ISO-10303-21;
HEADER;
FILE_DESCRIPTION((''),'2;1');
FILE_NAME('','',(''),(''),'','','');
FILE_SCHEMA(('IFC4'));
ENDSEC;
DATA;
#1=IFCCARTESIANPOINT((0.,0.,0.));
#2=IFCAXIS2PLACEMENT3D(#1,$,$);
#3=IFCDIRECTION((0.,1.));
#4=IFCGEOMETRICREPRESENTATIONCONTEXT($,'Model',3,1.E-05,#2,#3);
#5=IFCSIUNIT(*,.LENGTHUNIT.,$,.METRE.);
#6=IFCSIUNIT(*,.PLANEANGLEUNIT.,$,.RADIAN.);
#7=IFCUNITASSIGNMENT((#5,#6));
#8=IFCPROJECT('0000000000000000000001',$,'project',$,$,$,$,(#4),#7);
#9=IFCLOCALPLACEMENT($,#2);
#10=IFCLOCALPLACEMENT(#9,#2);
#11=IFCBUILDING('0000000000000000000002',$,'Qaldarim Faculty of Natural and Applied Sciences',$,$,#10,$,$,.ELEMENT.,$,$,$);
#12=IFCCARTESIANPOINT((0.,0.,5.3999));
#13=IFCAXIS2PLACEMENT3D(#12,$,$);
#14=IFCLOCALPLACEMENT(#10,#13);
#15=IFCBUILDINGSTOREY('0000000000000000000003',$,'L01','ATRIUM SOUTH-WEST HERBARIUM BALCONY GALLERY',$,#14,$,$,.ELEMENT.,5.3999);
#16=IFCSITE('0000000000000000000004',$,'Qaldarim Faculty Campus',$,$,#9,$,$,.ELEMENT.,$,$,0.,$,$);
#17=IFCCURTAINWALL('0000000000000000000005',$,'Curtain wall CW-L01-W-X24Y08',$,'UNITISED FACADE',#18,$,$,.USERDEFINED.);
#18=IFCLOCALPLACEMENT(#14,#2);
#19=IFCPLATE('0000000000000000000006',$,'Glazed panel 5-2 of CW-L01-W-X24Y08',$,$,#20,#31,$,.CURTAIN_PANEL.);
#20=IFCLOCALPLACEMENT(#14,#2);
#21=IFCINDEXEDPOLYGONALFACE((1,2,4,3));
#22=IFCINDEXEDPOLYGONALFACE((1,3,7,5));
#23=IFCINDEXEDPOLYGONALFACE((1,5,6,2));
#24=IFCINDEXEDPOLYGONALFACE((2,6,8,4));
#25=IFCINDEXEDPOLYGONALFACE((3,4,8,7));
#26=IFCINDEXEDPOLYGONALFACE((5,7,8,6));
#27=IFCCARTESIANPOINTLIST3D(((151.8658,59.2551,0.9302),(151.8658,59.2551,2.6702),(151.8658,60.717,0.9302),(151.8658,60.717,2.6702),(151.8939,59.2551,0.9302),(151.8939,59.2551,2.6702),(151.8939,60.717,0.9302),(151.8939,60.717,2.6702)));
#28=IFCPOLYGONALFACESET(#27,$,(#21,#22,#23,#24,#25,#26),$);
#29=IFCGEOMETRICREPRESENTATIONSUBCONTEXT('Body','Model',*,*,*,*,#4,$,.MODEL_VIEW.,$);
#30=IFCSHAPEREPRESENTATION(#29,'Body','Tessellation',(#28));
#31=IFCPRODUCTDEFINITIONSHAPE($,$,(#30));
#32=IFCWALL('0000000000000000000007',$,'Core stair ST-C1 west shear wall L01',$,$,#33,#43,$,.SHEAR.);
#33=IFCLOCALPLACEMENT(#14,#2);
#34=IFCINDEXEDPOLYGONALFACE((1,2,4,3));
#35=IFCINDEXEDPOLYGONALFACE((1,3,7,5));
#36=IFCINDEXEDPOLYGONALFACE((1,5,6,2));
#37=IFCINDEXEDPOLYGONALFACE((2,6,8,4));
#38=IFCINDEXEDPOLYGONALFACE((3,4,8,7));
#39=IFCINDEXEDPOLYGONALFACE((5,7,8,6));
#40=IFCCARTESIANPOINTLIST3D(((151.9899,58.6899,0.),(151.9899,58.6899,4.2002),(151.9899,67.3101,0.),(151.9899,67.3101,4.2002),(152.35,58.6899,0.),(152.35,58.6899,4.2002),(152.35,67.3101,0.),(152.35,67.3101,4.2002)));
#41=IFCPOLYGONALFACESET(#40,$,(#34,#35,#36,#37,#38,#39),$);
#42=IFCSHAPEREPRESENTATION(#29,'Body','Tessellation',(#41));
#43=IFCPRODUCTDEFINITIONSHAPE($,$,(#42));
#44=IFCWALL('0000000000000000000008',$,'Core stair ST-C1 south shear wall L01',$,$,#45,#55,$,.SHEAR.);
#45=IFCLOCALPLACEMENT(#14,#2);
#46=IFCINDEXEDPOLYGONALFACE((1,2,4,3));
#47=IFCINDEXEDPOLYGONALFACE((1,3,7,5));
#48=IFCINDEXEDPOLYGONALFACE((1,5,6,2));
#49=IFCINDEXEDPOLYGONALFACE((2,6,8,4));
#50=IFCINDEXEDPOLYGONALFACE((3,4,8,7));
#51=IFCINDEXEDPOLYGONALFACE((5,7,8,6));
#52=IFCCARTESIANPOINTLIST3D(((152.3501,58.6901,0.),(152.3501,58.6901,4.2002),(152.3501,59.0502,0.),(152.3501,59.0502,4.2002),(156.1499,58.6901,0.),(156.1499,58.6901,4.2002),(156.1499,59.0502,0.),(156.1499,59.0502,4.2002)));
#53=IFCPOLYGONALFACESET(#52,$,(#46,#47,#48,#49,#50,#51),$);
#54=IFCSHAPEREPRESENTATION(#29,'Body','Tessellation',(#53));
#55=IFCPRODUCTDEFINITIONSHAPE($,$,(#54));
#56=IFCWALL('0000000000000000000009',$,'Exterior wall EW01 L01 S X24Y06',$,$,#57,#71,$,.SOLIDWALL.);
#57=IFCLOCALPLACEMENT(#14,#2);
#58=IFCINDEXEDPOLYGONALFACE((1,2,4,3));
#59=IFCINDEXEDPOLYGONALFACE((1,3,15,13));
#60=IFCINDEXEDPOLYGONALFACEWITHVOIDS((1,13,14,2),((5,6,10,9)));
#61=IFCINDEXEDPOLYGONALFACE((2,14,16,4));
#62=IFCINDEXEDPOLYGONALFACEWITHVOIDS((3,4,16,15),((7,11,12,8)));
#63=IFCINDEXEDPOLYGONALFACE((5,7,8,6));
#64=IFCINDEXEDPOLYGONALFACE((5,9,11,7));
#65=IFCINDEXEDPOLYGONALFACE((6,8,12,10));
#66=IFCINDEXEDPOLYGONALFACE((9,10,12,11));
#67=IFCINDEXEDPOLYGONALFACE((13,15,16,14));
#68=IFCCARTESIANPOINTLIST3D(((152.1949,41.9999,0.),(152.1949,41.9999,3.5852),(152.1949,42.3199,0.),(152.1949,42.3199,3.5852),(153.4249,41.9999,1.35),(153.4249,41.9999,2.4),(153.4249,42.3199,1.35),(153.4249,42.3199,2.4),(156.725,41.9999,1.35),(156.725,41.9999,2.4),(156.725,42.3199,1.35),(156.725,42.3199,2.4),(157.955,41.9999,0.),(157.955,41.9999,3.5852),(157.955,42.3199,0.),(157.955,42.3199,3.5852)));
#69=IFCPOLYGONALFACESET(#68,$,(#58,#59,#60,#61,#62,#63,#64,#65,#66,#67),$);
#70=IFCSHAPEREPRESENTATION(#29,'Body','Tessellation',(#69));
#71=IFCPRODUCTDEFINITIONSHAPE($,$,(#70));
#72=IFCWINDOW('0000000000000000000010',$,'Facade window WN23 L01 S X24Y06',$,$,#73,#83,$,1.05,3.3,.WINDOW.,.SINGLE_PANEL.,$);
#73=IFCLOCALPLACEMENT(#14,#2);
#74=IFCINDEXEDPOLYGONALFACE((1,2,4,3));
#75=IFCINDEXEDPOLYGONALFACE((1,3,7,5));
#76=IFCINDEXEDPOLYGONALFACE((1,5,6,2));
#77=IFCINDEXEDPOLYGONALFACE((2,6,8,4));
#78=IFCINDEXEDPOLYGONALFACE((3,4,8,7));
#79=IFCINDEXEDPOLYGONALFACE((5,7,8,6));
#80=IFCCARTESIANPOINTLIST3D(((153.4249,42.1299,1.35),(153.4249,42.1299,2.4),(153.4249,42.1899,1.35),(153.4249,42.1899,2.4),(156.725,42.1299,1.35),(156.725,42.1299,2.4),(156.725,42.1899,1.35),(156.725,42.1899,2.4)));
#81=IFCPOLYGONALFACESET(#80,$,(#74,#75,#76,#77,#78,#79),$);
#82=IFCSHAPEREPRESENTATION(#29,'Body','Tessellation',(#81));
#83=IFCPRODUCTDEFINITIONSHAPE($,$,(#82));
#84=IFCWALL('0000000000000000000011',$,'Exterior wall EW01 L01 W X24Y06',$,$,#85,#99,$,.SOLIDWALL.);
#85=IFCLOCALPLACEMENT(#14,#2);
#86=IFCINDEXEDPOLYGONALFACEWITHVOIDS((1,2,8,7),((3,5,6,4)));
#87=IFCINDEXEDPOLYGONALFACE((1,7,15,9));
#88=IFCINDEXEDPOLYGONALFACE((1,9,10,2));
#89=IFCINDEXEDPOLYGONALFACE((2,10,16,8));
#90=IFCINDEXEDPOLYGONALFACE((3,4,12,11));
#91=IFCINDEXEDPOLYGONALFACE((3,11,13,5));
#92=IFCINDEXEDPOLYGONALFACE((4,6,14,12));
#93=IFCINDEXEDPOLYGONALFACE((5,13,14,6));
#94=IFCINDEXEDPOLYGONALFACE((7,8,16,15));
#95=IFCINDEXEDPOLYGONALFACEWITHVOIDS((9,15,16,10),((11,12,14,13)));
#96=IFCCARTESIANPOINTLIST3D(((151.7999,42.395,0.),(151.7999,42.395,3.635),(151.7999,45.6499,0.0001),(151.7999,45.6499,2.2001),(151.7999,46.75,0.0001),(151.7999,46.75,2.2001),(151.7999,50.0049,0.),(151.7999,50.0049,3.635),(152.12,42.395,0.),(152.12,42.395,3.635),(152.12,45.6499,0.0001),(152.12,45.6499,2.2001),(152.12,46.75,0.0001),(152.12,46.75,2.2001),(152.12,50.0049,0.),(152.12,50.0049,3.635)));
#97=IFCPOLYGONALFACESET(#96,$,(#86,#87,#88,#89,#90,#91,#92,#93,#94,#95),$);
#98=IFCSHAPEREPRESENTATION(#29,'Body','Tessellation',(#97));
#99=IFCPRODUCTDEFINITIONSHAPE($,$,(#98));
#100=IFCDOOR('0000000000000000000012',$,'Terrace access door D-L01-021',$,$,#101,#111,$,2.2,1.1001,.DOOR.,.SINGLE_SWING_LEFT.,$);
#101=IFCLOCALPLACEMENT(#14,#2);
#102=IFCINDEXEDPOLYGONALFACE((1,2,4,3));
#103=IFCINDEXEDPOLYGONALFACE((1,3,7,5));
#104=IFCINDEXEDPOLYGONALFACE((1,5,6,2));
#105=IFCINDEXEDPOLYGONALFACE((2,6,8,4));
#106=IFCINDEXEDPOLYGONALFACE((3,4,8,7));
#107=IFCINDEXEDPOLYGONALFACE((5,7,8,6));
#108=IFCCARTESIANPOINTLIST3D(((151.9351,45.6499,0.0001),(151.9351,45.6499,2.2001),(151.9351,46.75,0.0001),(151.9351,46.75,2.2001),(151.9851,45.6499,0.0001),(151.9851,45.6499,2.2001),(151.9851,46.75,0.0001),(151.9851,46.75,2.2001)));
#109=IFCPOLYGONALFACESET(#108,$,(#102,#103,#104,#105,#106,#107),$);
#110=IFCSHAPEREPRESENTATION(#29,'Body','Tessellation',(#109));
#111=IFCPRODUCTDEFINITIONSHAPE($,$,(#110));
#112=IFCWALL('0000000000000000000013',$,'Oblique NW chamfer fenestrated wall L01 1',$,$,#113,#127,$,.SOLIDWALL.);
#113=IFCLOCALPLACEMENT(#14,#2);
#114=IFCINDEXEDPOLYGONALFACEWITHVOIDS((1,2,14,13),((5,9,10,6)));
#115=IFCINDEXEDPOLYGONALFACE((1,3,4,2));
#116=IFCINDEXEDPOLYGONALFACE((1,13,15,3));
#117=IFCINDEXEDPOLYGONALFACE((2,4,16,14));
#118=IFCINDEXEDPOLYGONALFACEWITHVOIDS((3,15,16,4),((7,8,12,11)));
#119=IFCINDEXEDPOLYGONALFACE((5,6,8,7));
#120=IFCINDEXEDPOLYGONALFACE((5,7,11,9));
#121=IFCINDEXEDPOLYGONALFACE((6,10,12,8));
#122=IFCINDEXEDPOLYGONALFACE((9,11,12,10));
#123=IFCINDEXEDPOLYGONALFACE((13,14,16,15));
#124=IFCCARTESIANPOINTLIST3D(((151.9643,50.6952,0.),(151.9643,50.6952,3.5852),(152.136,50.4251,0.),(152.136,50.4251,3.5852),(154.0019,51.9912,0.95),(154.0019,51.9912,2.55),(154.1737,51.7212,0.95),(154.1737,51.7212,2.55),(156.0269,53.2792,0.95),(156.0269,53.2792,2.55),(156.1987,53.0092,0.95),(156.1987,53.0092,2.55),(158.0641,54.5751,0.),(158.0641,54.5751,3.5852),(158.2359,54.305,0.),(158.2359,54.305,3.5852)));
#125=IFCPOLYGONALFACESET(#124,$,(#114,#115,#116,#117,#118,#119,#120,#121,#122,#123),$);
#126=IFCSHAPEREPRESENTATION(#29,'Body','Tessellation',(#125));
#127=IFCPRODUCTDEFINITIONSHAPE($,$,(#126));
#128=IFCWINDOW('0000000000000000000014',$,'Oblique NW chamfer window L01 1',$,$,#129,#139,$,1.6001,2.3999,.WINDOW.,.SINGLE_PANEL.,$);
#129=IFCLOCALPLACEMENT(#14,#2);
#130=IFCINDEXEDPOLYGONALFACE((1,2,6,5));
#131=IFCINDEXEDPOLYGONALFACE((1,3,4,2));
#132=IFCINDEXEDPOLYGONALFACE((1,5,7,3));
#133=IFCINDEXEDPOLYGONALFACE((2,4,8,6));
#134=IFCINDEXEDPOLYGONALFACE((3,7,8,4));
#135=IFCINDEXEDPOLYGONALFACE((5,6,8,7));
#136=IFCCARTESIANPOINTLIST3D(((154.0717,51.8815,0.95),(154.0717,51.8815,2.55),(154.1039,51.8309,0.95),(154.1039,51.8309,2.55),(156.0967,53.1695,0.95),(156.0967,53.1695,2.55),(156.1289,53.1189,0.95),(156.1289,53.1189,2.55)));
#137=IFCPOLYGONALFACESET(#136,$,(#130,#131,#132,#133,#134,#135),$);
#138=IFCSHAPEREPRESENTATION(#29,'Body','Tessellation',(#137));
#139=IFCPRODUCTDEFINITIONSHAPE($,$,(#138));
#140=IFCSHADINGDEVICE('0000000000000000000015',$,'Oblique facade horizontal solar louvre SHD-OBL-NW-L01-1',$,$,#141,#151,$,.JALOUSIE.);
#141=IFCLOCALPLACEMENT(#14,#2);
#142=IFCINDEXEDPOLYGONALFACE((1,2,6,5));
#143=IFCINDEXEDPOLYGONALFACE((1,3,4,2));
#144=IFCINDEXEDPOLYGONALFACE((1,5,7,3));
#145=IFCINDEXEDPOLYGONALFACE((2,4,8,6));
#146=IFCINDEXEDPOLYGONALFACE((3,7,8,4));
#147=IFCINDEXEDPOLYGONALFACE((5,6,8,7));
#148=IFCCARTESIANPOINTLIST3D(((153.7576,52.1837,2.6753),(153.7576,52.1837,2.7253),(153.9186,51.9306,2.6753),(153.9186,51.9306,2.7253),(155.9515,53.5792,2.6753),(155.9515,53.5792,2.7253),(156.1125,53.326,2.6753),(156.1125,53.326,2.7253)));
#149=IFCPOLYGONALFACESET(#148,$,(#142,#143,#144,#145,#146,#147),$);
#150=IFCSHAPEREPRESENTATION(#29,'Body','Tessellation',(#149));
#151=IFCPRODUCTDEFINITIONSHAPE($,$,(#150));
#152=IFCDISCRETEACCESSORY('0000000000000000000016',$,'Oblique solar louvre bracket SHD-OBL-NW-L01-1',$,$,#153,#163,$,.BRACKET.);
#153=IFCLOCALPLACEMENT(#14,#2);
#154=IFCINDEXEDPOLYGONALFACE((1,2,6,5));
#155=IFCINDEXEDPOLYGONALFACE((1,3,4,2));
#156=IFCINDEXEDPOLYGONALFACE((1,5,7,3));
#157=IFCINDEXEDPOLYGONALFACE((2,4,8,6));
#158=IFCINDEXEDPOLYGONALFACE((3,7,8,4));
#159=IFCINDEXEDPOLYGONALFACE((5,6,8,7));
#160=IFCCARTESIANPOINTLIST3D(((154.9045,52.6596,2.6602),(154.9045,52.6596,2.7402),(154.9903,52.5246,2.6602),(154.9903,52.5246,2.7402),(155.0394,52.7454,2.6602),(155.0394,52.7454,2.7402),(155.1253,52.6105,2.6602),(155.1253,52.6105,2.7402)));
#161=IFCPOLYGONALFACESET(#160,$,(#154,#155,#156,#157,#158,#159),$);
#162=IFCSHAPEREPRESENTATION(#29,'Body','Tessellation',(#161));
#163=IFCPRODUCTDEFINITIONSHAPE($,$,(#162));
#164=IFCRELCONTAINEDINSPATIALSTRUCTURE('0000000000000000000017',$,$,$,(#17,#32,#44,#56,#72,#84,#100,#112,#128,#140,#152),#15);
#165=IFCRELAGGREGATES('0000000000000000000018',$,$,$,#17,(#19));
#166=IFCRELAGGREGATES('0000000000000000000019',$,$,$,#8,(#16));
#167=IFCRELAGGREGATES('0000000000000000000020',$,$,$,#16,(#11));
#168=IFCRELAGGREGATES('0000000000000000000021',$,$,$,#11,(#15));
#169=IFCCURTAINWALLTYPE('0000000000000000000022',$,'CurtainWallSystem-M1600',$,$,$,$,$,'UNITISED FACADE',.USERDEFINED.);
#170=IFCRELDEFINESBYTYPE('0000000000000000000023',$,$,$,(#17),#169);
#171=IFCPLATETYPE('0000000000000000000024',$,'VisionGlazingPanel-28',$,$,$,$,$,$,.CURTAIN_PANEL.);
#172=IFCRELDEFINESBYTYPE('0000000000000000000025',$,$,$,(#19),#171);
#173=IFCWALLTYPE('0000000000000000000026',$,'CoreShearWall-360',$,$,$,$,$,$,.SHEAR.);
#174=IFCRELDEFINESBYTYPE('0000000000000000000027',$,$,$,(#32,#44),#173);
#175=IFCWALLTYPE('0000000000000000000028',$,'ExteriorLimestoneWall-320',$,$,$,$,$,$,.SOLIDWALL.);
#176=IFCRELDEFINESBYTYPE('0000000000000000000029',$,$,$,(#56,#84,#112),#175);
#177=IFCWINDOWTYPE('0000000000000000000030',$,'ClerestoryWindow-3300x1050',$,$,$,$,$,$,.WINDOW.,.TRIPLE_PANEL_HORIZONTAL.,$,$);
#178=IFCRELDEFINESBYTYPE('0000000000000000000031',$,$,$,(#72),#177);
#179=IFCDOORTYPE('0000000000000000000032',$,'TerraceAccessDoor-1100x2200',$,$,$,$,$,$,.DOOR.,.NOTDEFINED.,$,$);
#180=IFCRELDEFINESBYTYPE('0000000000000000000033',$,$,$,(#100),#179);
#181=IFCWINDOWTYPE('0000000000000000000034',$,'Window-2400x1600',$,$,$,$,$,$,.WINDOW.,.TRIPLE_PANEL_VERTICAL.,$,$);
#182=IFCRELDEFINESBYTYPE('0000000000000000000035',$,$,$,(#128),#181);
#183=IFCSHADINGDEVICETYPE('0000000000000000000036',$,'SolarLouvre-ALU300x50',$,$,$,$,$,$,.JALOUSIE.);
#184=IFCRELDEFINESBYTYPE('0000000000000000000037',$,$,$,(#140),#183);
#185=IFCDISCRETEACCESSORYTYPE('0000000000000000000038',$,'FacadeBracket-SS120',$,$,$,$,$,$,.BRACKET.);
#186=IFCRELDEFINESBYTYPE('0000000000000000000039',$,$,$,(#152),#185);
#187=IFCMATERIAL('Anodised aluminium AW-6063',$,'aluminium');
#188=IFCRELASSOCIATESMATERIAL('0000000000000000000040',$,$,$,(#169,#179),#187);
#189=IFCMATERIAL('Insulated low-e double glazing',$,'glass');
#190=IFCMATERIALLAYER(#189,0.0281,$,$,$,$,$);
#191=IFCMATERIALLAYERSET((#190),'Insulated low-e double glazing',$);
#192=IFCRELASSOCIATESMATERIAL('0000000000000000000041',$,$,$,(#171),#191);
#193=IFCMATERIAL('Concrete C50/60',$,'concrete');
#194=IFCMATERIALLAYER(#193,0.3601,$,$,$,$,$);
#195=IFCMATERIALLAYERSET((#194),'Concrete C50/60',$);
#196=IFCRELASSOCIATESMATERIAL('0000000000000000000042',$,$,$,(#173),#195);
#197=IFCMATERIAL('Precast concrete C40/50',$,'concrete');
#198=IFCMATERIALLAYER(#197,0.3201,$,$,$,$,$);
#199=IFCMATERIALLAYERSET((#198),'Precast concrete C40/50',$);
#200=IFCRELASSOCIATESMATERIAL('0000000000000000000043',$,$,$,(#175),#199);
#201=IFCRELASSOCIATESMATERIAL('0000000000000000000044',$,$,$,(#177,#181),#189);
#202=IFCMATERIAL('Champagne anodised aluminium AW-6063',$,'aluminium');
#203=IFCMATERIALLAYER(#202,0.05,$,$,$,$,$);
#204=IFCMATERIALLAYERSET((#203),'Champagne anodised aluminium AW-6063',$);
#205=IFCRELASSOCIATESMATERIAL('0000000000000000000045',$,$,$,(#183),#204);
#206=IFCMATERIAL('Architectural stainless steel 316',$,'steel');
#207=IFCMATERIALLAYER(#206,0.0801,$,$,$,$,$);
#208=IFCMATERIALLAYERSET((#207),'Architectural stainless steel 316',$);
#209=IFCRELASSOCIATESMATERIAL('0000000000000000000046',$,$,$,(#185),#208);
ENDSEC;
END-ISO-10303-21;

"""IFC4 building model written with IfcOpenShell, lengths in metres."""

from ifc_helpers import new_model, si_unit, direction, frame, frame_2d, origin, origin_2d, place, context, subcontext, project, spatial, rectangle, extrude, material, layer, layer_set, type_object, element, fill, aggregate, save


model = new_model("IFC4")

# Units and contexts
model_context = context("Model", 3, precision=1e-05, world=origin(), true_north=direction((0.0, 1.0)))
body_context = subcontext(model_context, "Body", "Model", "MODEL_VIEW")
ifc_project = project(units=[si_unit("LENGTHUNIT", "METRE"), si_unit("PLANEANGLEUNIT", "RADIAN")], contexts=[model_context])

# Site, building, storey
site_placement = place(None, origin())
site = spatial("IfcSite", under=ifc_project, at=site_placement, Name="Qaldarim Faculty Campus", CompositionType="ELEMENT", RefElevation=0.0)
building_placement = place(site_placement, origin())
building = spatial("IfcBuilding", under=site, at=building_placement, Name="Qaldarim Faculty of Natural and Applied Sciences", CompositionType="ELEMENT")
storey_placement = place(building_placement, frame((0.0, 0.0, 5.3999)))
storey = spatial("IfcBuildingStorey", under=building, at=storey_placement, Name="L01", Description="ATRIUM SOUTH-WEST HERBARIUM BALCONY GALLERY", CompositionType="ELEMENT", Elevation=5.3999)

# Shared definitions
ifc_material_1 = material(Name="Concrete C50/60", Category="concrete")

# Curtain wall
ifc_material_2 = material(Name="Anodised aluminium AW-6063", Category="aluminium")
curtain_wall_type = type_object("IfcCurtainWallType", Name="CurtainWallSystem-M1600", ElementType="UNITISED FACADE", PredefinedType="USERDEFINED", material=ifc_material_2)
curtain_wall_placement = place(storey_placement, origin())
curtain_wall = element("IfcCurtainWall", 1, at=curtain_wall_placement, inside=storey, type_object=curtain_wall_type, Name="Curtain wall CW-L01-W-X24Y08", ObjectType="UNITISED FACADE", PredefinedType="USERDEFINED")

# Shared definitions
ifc_material_3 = material(Name="Precast concrete C40/50", Category="concrete")

# Plate
ifc_material_4 = material(Name="Insulated low-e double glazing", Category="glass")
ifc_layer_1 = layer(ifc_material_4, 0.0281)
ifc_layer_set_1 = layer_set([ifc_layer_1], Name="Insulated low-e double glazing")
plate_type = type_object("IfcPlateType", Name="VisionGlazingPanel-28", PredefinedType="CURTAIN_PANEL", material=ifc_layer_set_1)
plate_1_placement = place(storey_placement, frame((151.8799, 59.9861, 0.9302), z_axis=(0.0, 0.0, 1.0), x_axis=(0.0, -1.0, 0.0)))
plate_1 = element("IfcPlate", 2, at=plate_1_placement, type_object=plate_type, Name="Glazed panel 5-2 of CW-L01-W-X24Y08", PredefinedType="CURTAIN_PANEL", context=body_context, shape_type="SweptSolid", body=[
    extrude(rectangle(XDim=1.4619, YDim=0.0281, at=origin_2d()), origin(), (0.0, 0.0, 1.0), 1.74),
])
aggregate(curtain_wall, [plate_1])

# Walls
ifc_layer_2 = layer(ifc_material_1, 0.3601)
ifc_layer_set_2 = layer_set([ifc_layer_2], Name="Concrete C50/60")
wall_type_1 = type_object("IfcWallType", Name="CoreShearWall-360", PredefinedType="SHEAR", material=ifc_layer_set_2)
wall_1_placement = place(storey_placement, frame((152.1699, 58.6899, 0.0), z_axis=(0.0, 0.0, 1.0), x_axis=(0.0, 1.0, 0.0)))
element("IfcWall", 3, at=wall_1_placement, inside=storey, type_object=wall_type_1, Name="Core stair ST-C1 west shear wall L01", PredefinedType="SHEAR", context=body_context, shape_type="SweptSolid", body=[
    extrude(rectangle(XDim=8.6201, YDim=0.3601, at=frame_2d((4.3101, 0.0))), origin(), (0.0, 0.0, 1.0), 4.2002),
])
wall_2_placement = place(storey_placement, frame((152.3501, 58.8701, 0.0), z_axis=(0.0, 0.0, 1.0), x_axis=(1.0, 0.0, 0.0)))
element("IfcWall", 4, at=wall_2_placement, inside=storey, type_object=wall_type_1, Name="Core stair ST-C1 south shear wall L01", PredefinedType="SHEAR", context=body_context, shape_type="SweptSolid", body=[
    extrude(rectangle(XDim=3.7998, YDim=0.3601, at=frame_2d((1.8999, 0.0))), origin(), (0.0, 0.0, 1.0), 4.2002),
])

# Wall, opening, window
ifc_layer_3 = layer(ifc_material_3, 0.3201)
ifc_layer_set_3 = layer_set([ifc_layer_3], Name="Precast concrete C40/50")
wall_type_2 = type_object("IfcWallType", Name="ExteriorLimestoneWall-320", PredefinedType="SOLIDWALL", material=ifc_layer_set_3)
wall_3_placement = place(storey_placement, frame((152.1951, 42.1599, 0.0), z_axis=(0.0, 0.0, 1.0), x_axis=(1.0, 0.0, 0.0)))
wall_3 = element("IfcWall", 5, at=wall_3_placement, inside=storey, type_object=wall_type_2, Name="Exterior wall EW01 L01 S X24Y06", PredefinedType="SOLIDWALL", context=body_context, shape_type="SweptSolid", body=[
    extrude(rectangle(XDim=5.76, YDim=0.3201, at=frame_2d((2.8799, 0.0))), origin(), (0.0, 0.0, 1.0), 3.5852),
])
opening_1_placement = place(wall_3_placement, frame((1.23, 0.0, 1.3501)))
opening_1 = element("IfcOpeningElement", 6, at=opening_1_placement, cuts=wall_3, PredefinedType="OPENING", context=body_context, shape_type="SweptSolid", body=[
    extrude(rectangle(XDim=3.3, YDim=1.05, at=frame_2d((1.6499, 0.5249))), frame((0.0, 0.1699, 0.0), z_axis=(0.0, -1.0, 0.0), x_axis=(1.0, 0.0, 0.0)), (0.0, 0.0, 1.0), 0.3401),
])
window_type_1 = type_object("IfcWindowType", Name="ClerestoryWindow-3300x1050", PartitioningType="TRIPLE_PANEL_HORIZONTAL", PredefinedType="WINDOW", material=ifc_material_4)
window_1_placement = place(opening_1_placement, origin())
window_1 = element("IfcWindow", 7, at=window_1_placement, inside=storey, type_object=window_type_1, Name="Facade window WN23 L01 S X24Y06", OverallHeight=1.05, OverallWidth=3.3, PartitioningType="SINGLE_PANEL", PredefinedType="WINDOW", context=body_context, shape_type="SweptSolid", body=[
    extrude(rectangle(XDim=3.3, YDim=1.05, at=frame_2d((1.6499, 0.5249))), frame((0.0, 0.03, 0.0), z_axis=(0.0, -1.0, 0.0), x_axis=(1.0, 0.0, 0.0)), (0.0, 0.0, 1.0), 0.0601),
])
fill(opening_1, window_1)

# Wall, opening, door
wall_4_placement = place(storey_placement, frame((151.96, 50.0049, 0.0), z_axis=(0.0, 0.0, 1.0), x_axis=(0.0, -1.0, 0.0)))
wall_4 = element("IfcWall", 8, at=wall_4_placement, inside=storey, type_object=wall_type_2, Name="Exterior wall EW01 L01 W X24Y06", PredefinedType="SOLIDWALL", context=body_context, shape_type="SweptSolid", body=[
    extrude(rectangle(XDim=7.6099, YDim=0.3201, at=frame_2d((3.8049, 0.0))), origin(), (0.0, 0.0, 1.0), 3.635),
])
opening_2_placement = place(wall_4_placement, frame((3.2549, 0.0, 0.0)))
opening_2 = element("IfcOpeningElement", 9, at=opening_2_placement, cuts=wall_4, PredefinedType="OPENING", context=body_context, shape_type="SweptSolid", body=[
    extrude(rectangle(XDim=1.1001, YDim=2.2, at=frame_2d((0.55, 1.1001))), frame((0.0, 0.1699, 0.0), z_axis=(0.0, -1.0, 0.0), x_axis=(1.0, 0.0, 0.0)), (0.0, 0.0, 1.0), 0.3401),
])
door_type = type_object("IfcDoorType", Name="TerraceAccessDoor-1100x2200", OperationType="NOTDEFINED", PredefinedType="DOOR", material=ifc_material_2)
door_placement = place(opening_2_placement, frame((1.1001, 0.0, 0.0), z_axis=(0.0, 0.0, 1.0), x_axis=(-1.0, 0.0, 0.0)))
door = element("IfcDoor", 10, at=door_placement, inside=storey, type_object=door_type, Name="Terrace access door D-L01-021", OperationType="SINGLE_SWING_LEFT", OverallHeight=2.2, OverallWidth=1.1001, PredefinedType="DOOR", context=body_context, shape_type="SweptSolid", body=[
    extrude(rectangle(XDim=1.1001, YDim=2.2, at=frame_2d((0.55, 1.1001))), frame((0.0, 0.0249, 0.0), z_axis=(0.0, -1.0, 0.0), x_axis=(1.0, 0.0, 0.0)), (0.0, 0.0, 1.0), 0.05),
])
fill(opening_2, door)

# Wall, opening, window
wall_5_placement = place(storey_placement, frame((152.05, 50.5601, 0.0), z_axis=(0.0, 0.0, 1.0), x_axis=(0.843777, 0.536694, 0.0)))
wall_5 = element("IfcWall", 11, at=wall_5_placement, inside=storey, type_object=wall_type_2, Name="Oblique NW chamfer fenestrated wall L01 1", PredefinedType="SOLIDWALL", context=body_context, shape_type="SweptSolid", body=[
    extrude(rectangle(XDim=7.2292, YDim=0.3201, at=frame_2d((3.6147, 0.0))), origin(), (0.0, 0.0, 1.0), 3.5852),
])
opening_3_placement = place(wall_5_placement, frame((2.415, 0.0, 0.95)))
opening_3 = element("IfcOpeningElement", 12, at=opening_3_placement, cuts=wall_5, PredefinedType="OPENING", context=body_context, shape_type="SweptSolid", body=[
    extrude(rectangle(XDim=2.3999, YDim=1.6001, at=frame_2d((1.2, 0.8))), frame((0.0, 0.1699, 0.0), z_axis=(0.0, -1.0, 0.0), x_axis=(1.0, 0.0, 0.0)), (0.0, 0.0, 1.0), 0.3401),
])
window_type_2 = type_object("IfcWindowType", Name="Window-2400x1600", PartitioningType="TRIPLE_PANEL_VERTICAL", PredefinedType="WINDOW", material=ifc_material_4)
window_2_placement = place(opening_3_placement, origin())
window_2 = element("IfcWindow", 13, at=window_2_placement, inside=storey, type_object=window_type_2, Name="Oblique NW chamfer window L01 1", OverallHeight=1.6001, OverallWidth=2.3999, PartitioningType="SINGLE_PANEL", PredefinedType="WINDOW", context=body_context, shape_type="SweptSolid", body=[
    extrude(rectangle(XDim=2.3999, YDim=1.6001, at=frame_2d((1.2, 0.8))), frame((0.0, 0.03, 0.0), z_axis=(0.0, -1.0, 0.0), x_axis=(1.0, 0.0, 0.0)), (0.0, 0.0, 1.0), 0.0601),
])
fill(opening_3, window_2)

# Shading device
ifc_material_5 = material(Name="Champagne anodised aluminium AW-6063", Category="aluminium")
ifc_layer_4 = layer(ifc_material_5, 0.05)
ifc_layer_set_4 = layer_set([ifc_layer_4], Name="Champagne anodised aluminium AW-6063")
shading_device_type = type_object("IfcShadingDeviceType", Name="SolarLouvre-ALU300x50", PredefinedType="JALOUSIE", material=ifc_layer_set_4)
shading_device_placement = place(storey_placement, frame((154.9351, 52.7549, 2.6753), z_axis=(0.0, 0.0, 1.0), x_axis=(0.843776, 0.536696, 0.0)))
element("IfcShadingDevice", 14, at=shading_device_placement, inside=storey, type_object=shading_device_type, Name="Oblique facade horizontal solar louvre SHD-OBL-NW-L01-1", PredefinedType="JALOUSIE", context=body_context, shape_type="SweptSolid", body=[
    extrude(rectangle(XDim=2.6001, YDim=0.3, at=origin_2d()), origin(), (0.0, 0.0, 1.0), 0.05),
])

# Discrete accessory
ifc_material_6 = material(Name="Architectural stainless steel 316", Category="steel")
ifc_layer_5 = layer(ifc_material_6, 0.0801)
ifc_layer_set_5 = layer_set([ifc_layer_5], Name="Architectural stainless steel 316")
discrete_accessory_type = type_object("IfcDiscreteAccessoryType", Name="FacadeBracket-SS120", PredefinedType="BRACKET", material=ifc_layer_set_5)
discrete_accessory_placement = place(storey_placement, frame((155.0149, 52.635, 2.6602), z_axis=(0.0, 0.0, 1.0), x_axis=(0.843776, 0.536696, 0.0)))
element("IfcDiscreteAccessory", 15, at=discrete_accessory_placement, inside=storey, type_object=discrete_accessory_type, Name="Oblique solar louvre bracket SHD-OBL-NW-L01-1", PredefinedType="BRACKET", context=body_context, shape_type="SweptSolid", body=[
    extrude(rectangle(XDim=0.1599, YDim=0.1599, at=origin_2d()), origin(), (0.0, 0.0, 1.0), 0.0801),
])

save(model, "model.ifc")
